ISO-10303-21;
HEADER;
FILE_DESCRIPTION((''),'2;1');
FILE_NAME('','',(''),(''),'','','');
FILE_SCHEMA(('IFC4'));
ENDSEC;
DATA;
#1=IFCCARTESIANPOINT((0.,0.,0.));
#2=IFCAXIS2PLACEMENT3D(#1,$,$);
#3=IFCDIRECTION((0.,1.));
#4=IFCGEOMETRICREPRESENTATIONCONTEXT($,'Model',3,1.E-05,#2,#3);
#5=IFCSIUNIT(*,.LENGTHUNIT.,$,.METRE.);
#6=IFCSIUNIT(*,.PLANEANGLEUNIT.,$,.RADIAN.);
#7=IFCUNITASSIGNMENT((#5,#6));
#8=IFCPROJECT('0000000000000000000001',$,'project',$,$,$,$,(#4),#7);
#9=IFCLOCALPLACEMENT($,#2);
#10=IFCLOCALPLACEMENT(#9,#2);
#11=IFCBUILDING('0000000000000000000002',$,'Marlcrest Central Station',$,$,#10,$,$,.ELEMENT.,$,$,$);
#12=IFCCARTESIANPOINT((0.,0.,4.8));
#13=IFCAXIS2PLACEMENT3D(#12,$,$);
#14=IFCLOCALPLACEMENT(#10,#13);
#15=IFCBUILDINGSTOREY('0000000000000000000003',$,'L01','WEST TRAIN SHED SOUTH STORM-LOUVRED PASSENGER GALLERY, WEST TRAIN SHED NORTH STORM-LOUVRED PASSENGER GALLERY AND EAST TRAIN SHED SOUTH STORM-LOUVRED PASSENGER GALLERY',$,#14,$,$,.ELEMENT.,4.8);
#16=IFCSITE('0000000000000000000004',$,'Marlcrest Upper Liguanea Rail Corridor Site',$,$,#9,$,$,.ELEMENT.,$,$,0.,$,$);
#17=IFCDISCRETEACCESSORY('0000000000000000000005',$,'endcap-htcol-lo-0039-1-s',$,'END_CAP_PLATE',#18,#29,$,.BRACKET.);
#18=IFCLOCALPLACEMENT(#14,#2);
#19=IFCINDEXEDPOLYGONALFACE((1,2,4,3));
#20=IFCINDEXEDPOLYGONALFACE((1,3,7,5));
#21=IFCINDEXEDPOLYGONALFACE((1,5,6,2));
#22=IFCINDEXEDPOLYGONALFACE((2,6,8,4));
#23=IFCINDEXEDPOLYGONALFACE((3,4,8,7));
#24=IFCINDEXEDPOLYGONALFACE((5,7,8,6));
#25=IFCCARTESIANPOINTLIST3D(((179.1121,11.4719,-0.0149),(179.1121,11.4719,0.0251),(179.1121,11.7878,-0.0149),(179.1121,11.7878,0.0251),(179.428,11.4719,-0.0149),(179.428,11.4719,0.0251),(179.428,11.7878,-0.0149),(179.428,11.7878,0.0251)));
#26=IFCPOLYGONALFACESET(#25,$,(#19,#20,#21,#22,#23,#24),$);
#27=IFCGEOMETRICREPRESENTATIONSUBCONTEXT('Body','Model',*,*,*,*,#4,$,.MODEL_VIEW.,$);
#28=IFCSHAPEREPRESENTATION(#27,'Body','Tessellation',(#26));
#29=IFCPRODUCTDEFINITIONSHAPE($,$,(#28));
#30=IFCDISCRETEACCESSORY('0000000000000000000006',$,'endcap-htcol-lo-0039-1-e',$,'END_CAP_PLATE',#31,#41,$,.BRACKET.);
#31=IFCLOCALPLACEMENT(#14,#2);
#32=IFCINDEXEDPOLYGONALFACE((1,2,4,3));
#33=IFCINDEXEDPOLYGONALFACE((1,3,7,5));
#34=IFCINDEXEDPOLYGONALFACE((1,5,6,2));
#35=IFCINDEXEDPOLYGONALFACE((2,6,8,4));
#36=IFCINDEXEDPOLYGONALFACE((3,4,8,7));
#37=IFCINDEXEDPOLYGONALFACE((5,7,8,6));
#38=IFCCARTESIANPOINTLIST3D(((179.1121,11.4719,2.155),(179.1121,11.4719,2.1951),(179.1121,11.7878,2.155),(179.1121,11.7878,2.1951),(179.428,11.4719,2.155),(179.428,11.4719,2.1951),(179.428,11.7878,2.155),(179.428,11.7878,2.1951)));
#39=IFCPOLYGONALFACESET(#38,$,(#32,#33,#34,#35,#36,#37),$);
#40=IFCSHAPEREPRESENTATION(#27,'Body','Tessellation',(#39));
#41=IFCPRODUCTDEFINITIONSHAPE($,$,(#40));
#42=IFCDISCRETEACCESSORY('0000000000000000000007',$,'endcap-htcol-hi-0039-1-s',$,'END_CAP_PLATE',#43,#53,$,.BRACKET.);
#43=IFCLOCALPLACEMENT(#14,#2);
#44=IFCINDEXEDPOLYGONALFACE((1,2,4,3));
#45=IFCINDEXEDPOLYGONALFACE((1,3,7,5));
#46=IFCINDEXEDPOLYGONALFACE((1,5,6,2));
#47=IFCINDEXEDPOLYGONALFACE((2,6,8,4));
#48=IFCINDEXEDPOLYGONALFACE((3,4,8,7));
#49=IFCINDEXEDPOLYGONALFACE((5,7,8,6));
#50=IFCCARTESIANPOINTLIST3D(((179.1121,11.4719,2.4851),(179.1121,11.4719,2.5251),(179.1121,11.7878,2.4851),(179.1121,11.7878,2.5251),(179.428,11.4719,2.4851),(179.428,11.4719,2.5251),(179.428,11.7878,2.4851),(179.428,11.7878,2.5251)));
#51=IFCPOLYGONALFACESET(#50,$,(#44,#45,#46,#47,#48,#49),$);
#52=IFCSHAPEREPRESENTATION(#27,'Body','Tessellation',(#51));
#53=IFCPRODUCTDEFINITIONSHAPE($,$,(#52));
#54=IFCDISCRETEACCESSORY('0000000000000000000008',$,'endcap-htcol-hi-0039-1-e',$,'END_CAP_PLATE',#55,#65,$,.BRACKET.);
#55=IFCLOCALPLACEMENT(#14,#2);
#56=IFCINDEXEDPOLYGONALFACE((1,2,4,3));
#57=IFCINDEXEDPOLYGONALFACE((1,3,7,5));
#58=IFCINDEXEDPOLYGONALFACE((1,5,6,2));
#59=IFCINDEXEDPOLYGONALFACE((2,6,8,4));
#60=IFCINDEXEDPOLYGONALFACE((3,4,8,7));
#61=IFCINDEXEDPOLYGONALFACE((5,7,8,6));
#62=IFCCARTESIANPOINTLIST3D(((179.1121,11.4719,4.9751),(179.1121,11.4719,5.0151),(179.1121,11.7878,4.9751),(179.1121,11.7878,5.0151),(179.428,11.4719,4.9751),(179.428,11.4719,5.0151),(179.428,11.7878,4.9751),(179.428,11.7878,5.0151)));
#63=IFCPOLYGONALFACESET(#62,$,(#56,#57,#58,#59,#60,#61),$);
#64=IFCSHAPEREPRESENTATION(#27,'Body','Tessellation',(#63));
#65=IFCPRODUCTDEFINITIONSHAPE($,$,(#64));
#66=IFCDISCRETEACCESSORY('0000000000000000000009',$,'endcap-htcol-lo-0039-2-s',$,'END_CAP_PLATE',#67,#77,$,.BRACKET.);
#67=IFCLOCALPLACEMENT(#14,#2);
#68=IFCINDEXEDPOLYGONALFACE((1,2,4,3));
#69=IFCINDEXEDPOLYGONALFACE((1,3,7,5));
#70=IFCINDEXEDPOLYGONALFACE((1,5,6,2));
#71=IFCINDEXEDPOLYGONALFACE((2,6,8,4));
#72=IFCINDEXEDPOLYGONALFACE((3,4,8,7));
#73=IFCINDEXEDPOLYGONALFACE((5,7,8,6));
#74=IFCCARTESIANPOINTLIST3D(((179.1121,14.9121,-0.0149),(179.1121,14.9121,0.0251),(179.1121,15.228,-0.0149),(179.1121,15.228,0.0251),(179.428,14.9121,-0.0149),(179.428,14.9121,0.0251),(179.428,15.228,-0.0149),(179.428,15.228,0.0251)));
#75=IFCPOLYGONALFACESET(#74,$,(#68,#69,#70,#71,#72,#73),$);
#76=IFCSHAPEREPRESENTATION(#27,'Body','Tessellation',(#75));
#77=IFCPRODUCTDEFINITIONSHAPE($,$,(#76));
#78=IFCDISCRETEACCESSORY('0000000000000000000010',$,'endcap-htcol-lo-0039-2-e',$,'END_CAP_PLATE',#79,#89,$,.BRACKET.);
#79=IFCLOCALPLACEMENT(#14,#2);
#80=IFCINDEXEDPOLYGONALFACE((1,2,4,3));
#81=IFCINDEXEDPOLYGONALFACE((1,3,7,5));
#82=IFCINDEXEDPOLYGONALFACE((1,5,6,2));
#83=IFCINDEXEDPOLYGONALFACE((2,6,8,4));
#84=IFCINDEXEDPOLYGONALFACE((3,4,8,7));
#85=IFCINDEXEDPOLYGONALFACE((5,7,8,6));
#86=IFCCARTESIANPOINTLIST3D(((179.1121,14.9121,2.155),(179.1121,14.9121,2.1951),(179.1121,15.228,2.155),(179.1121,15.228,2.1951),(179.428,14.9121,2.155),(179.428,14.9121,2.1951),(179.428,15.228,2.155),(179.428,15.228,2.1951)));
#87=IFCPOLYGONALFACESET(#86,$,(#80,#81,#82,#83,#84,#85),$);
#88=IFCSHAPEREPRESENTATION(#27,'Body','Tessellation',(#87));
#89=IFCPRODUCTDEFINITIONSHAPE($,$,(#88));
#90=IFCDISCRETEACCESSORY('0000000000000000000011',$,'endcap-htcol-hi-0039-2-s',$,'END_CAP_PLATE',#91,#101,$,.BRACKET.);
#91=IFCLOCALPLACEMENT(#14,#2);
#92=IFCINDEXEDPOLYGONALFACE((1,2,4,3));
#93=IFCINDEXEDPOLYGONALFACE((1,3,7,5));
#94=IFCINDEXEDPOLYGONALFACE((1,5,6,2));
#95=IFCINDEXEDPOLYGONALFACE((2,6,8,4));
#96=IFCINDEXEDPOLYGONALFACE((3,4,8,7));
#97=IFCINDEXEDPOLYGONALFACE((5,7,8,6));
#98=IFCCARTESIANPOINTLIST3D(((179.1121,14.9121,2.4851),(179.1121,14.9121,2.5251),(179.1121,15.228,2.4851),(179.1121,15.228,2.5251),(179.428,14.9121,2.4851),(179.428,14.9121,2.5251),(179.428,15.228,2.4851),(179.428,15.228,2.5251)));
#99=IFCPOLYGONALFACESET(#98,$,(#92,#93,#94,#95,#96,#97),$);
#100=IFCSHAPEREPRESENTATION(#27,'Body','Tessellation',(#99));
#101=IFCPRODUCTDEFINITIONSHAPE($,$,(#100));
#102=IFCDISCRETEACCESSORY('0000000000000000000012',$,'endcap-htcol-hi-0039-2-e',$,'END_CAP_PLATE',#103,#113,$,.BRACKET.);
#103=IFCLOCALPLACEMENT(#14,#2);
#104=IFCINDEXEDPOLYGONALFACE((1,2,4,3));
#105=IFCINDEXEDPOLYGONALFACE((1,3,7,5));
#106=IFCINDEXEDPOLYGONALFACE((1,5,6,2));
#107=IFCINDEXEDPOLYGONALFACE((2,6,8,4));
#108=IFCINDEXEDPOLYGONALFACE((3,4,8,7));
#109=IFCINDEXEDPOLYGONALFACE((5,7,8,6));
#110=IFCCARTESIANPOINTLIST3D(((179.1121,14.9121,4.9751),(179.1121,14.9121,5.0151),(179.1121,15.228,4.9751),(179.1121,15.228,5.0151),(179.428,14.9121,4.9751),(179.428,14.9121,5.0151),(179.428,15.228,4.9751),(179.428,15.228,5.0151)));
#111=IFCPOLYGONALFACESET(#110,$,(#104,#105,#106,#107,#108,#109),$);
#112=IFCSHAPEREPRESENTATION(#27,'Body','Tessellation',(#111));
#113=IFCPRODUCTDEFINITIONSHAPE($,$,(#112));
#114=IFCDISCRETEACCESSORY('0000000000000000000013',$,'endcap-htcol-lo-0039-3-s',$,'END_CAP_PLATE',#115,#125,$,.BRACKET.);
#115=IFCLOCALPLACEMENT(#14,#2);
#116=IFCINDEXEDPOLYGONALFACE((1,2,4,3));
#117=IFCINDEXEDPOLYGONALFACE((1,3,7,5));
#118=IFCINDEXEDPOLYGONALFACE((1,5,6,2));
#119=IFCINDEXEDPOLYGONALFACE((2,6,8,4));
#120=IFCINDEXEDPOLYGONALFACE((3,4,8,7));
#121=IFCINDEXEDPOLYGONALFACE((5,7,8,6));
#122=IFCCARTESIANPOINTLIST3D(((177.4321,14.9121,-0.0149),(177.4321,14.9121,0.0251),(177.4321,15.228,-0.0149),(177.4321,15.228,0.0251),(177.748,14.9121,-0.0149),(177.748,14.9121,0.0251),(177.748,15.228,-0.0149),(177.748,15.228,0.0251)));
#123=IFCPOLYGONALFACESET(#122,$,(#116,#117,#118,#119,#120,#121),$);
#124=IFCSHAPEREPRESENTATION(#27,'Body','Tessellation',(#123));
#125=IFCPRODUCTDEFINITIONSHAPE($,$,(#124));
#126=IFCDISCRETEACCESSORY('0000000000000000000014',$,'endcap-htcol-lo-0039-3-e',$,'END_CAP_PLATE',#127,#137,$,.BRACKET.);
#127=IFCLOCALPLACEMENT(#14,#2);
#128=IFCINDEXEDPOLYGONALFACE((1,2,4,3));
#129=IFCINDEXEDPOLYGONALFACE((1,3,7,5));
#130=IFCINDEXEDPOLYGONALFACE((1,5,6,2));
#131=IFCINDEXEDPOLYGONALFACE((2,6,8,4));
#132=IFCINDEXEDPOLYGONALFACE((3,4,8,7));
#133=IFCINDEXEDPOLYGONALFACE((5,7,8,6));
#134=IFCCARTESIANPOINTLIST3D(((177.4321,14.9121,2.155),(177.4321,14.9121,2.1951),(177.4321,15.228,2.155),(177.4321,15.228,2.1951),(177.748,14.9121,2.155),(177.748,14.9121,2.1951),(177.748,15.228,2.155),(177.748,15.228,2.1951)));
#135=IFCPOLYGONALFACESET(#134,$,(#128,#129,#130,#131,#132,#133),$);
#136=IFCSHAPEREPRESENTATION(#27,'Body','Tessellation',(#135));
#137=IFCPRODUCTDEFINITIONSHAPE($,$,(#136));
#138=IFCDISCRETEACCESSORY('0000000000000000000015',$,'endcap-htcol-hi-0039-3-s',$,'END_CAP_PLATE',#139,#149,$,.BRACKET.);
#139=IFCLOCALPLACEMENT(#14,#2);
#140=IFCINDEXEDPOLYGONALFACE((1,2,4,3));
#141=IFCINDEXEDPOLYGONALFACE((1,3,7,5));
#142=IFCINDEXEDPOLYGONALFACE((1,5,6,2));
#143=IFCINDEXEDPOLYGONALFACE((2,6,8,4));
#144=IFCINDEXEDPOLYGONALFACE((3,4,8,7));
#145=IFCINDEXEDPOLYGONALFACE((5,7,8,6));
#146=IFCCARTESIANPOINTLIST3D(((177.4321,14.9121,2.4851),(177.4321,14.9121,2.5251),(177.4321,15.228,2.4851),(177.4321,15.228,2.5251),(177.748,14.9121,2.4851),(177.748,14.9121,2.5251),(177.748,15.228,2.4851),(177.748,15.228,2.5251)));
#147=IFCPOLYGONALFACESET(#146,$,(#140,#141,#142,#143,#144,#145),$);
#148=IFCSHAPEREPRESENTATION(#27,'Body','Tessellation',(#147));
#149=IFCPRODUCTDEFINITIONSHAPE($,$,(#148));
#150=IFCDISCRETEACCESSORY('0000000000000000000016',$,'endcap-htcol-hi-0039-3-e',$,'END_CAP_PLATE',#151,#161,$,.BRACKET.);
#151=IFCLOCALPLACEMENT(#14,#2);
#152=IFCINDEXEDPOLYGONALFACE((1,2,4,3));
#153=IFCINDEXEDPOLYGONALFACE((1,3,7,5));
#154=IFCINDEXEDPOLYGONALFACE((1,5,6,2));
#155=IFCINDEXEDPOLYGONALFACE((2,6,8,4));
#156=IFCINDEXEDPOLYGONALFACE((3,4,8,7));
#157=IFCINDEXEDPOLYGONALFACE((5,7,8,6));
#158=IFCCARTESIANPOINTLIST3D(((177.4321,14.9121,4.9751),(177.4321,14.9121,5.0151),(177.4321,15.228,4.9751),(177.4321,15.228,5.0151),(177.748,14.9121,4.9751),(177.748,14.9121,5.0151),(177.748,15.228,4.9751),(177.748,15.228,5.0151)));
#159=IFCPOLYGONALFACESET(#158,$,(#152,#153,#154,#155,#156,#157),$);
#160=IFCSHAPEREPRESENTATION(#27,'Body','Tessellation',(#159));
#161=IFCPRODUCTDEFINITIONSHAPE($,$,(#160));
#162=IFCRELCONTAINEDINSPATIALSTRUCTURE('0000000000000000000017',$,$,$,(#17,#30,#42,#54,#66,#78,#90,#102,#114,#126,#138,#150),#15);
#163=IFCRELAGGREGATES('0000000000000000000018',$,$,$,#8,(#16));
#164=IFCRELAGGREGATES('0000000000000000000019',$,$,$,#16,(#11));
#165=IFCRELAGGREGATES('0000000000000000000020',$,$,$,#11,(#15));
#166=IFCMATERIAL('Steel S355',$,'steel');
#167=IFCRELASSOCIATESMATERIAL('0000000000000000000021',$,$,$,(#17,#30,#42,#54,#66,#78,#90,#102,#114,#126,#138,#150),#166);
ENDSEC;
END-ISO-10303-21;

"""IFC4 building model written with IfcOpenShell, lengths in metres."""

from ifc_helpers import new_model, si_unit, direction, frame, origin, origin_2d, place, context, subcontext, project, spatial, rectangle, extrude, material, element, save


model = new_model("IFC4")

# Units and contexts
model_context = context("Model", 3, precision=1e-05, world=origin(), true_north=direction((0.0, 1.0)))
body_context = subcontext(model_context, "Body", "Model", "MODEL_VIEW")
ifc_project = project(units=[si_unit("LENGTHUNIT", "METRE"), si_unit("PLANEANGLEUNIT", "RADIAN")], contexts=[model_context])

# Site, building, storey
site_placement = place(None, origin())
site = spatial("IfcSite", under=ifc_project, at=site_placement, Name="Marlcrest Upper Liguanea Rail Corridor Site", CompositionType="ELEMENT", RefElevation=0.0)
building_placement = place(site_placement, origin())
building = spatial("IfcBuilding", under=site, at=building_placement, Name="Marlcrest Central Station", CompositionType="ELEMENT")
storey_placement = place(building_placement, frame((0.0, 0.0, 4.8)))
storey = spatial("IfcBuildingStorey", under=building, at=storey_placement, Name="L01", Description="WEST TRAIN SHED SOUTH STORM-LOUVRED PASSENGER GALLERY, WEST TRAIN SHED NORTH STORM-LOUVRED PASSENGER GALLERY AND EAST TRAIN SHED SOUTH STORM-LOUVRED PASSENGER GALLERY", CompositionType="ELEMENT", Elevation=4.8)

# Shared definitions
ifc_material_1 = material(Name="Steel S355", Category="steel")

# Discrete accessories
for number, where, z_axis, x_axis, name in (
    (1, (179.27, 11.6299, -0.0149), (0.0, 0.0, 1.0), (1.0, 0.0, 0.0), "endcap-htcol-lo-0039-1-s"),
    (2, (179.27, 11.6299, 2.155), (0.0, 0.0, 1.0), (1.0, 0.0, 0.0), "endcap-htcol-lo-0039-1-e"),
    (3, (179.27, 11.6299, 2.4851), (0.0, 0.0, 1.0), (1.0, 0.0, 0.0), "endcap-htcol-hi-0039-1-s"),
    (4, (179.27, 11.6299, 4.9751), (0.0, 0.0, 1.0), (1.0, 0.0, 0.0), "endcap-htcol-hi-0039-1-e"),
    (5, (179.27, 15.0701, -0.0149), (0.0, 0.0, 1.0), (1.0, 0.0, 0.0), "endcap-htcol-lo-0039-2-s"),
    (6, (179.27, 15.0701, 2.155), (0.0, 0.0, 1.0), (1.0, 0.0, 0.0), "endcap-htcol-lo-0039-2-e"),
    (7, (179.27, 15.0701, 2.4851), (0.0, 0.0, 1.0), (1.0, 0.0, 0.0), "endcap-htcol-hi-0039-2-s"),
    (8, (179.27, 15.0701, 4.9751), (0.0, 0.0, 1.0), (1.0, 0.0, 0.0), "endcap-htcol-hi-0039-2-e"),
    (9, (177.5901, 15.0701, -0.0149), (0.0, 0.0, 1.0), (1.0, 0.0, 0.0), "endcap-htcol-lo-0039-3-s"),
    (10, (177.5901, 15.0701, 2.155), (0.0, 0.0, 1.0), (1.0, 0.0, 0.0), "endcap-htcol-lo-0039-3-e"),
    (11, (177.5901, 15.0701, 2.4851), (0.0, 0.0, 1.0), (1.0, 0.0, 0.0), "endcap-htcol-hi-0039-3-s"),
    (12, (177.5901, 15.0701, 4.9751), (0.0, 0.0, 1.0), (1.0, 0.0, 0.0), "endcap-htcol-hi-0039-3-e"),
):
    element("IfcDiscreteAccessory", number, at=place(storey_placement, frame(where, z_axis=z_axis, x_axis=x_axis)), inside=storey, material=ifc_material_1, Name=name, ObjectType="END_CAP_PLATE", PredefinedType="BRACKET", context=body_context, shape_type="SweptSolid", body=[
        extrude(rectangle(XDim=0.3159, YDim=0.3159, at=origin_2d()), origin(), (0.0, 0.0, 1.0), 0.04),
    ])

save(model, "model.ifc")
